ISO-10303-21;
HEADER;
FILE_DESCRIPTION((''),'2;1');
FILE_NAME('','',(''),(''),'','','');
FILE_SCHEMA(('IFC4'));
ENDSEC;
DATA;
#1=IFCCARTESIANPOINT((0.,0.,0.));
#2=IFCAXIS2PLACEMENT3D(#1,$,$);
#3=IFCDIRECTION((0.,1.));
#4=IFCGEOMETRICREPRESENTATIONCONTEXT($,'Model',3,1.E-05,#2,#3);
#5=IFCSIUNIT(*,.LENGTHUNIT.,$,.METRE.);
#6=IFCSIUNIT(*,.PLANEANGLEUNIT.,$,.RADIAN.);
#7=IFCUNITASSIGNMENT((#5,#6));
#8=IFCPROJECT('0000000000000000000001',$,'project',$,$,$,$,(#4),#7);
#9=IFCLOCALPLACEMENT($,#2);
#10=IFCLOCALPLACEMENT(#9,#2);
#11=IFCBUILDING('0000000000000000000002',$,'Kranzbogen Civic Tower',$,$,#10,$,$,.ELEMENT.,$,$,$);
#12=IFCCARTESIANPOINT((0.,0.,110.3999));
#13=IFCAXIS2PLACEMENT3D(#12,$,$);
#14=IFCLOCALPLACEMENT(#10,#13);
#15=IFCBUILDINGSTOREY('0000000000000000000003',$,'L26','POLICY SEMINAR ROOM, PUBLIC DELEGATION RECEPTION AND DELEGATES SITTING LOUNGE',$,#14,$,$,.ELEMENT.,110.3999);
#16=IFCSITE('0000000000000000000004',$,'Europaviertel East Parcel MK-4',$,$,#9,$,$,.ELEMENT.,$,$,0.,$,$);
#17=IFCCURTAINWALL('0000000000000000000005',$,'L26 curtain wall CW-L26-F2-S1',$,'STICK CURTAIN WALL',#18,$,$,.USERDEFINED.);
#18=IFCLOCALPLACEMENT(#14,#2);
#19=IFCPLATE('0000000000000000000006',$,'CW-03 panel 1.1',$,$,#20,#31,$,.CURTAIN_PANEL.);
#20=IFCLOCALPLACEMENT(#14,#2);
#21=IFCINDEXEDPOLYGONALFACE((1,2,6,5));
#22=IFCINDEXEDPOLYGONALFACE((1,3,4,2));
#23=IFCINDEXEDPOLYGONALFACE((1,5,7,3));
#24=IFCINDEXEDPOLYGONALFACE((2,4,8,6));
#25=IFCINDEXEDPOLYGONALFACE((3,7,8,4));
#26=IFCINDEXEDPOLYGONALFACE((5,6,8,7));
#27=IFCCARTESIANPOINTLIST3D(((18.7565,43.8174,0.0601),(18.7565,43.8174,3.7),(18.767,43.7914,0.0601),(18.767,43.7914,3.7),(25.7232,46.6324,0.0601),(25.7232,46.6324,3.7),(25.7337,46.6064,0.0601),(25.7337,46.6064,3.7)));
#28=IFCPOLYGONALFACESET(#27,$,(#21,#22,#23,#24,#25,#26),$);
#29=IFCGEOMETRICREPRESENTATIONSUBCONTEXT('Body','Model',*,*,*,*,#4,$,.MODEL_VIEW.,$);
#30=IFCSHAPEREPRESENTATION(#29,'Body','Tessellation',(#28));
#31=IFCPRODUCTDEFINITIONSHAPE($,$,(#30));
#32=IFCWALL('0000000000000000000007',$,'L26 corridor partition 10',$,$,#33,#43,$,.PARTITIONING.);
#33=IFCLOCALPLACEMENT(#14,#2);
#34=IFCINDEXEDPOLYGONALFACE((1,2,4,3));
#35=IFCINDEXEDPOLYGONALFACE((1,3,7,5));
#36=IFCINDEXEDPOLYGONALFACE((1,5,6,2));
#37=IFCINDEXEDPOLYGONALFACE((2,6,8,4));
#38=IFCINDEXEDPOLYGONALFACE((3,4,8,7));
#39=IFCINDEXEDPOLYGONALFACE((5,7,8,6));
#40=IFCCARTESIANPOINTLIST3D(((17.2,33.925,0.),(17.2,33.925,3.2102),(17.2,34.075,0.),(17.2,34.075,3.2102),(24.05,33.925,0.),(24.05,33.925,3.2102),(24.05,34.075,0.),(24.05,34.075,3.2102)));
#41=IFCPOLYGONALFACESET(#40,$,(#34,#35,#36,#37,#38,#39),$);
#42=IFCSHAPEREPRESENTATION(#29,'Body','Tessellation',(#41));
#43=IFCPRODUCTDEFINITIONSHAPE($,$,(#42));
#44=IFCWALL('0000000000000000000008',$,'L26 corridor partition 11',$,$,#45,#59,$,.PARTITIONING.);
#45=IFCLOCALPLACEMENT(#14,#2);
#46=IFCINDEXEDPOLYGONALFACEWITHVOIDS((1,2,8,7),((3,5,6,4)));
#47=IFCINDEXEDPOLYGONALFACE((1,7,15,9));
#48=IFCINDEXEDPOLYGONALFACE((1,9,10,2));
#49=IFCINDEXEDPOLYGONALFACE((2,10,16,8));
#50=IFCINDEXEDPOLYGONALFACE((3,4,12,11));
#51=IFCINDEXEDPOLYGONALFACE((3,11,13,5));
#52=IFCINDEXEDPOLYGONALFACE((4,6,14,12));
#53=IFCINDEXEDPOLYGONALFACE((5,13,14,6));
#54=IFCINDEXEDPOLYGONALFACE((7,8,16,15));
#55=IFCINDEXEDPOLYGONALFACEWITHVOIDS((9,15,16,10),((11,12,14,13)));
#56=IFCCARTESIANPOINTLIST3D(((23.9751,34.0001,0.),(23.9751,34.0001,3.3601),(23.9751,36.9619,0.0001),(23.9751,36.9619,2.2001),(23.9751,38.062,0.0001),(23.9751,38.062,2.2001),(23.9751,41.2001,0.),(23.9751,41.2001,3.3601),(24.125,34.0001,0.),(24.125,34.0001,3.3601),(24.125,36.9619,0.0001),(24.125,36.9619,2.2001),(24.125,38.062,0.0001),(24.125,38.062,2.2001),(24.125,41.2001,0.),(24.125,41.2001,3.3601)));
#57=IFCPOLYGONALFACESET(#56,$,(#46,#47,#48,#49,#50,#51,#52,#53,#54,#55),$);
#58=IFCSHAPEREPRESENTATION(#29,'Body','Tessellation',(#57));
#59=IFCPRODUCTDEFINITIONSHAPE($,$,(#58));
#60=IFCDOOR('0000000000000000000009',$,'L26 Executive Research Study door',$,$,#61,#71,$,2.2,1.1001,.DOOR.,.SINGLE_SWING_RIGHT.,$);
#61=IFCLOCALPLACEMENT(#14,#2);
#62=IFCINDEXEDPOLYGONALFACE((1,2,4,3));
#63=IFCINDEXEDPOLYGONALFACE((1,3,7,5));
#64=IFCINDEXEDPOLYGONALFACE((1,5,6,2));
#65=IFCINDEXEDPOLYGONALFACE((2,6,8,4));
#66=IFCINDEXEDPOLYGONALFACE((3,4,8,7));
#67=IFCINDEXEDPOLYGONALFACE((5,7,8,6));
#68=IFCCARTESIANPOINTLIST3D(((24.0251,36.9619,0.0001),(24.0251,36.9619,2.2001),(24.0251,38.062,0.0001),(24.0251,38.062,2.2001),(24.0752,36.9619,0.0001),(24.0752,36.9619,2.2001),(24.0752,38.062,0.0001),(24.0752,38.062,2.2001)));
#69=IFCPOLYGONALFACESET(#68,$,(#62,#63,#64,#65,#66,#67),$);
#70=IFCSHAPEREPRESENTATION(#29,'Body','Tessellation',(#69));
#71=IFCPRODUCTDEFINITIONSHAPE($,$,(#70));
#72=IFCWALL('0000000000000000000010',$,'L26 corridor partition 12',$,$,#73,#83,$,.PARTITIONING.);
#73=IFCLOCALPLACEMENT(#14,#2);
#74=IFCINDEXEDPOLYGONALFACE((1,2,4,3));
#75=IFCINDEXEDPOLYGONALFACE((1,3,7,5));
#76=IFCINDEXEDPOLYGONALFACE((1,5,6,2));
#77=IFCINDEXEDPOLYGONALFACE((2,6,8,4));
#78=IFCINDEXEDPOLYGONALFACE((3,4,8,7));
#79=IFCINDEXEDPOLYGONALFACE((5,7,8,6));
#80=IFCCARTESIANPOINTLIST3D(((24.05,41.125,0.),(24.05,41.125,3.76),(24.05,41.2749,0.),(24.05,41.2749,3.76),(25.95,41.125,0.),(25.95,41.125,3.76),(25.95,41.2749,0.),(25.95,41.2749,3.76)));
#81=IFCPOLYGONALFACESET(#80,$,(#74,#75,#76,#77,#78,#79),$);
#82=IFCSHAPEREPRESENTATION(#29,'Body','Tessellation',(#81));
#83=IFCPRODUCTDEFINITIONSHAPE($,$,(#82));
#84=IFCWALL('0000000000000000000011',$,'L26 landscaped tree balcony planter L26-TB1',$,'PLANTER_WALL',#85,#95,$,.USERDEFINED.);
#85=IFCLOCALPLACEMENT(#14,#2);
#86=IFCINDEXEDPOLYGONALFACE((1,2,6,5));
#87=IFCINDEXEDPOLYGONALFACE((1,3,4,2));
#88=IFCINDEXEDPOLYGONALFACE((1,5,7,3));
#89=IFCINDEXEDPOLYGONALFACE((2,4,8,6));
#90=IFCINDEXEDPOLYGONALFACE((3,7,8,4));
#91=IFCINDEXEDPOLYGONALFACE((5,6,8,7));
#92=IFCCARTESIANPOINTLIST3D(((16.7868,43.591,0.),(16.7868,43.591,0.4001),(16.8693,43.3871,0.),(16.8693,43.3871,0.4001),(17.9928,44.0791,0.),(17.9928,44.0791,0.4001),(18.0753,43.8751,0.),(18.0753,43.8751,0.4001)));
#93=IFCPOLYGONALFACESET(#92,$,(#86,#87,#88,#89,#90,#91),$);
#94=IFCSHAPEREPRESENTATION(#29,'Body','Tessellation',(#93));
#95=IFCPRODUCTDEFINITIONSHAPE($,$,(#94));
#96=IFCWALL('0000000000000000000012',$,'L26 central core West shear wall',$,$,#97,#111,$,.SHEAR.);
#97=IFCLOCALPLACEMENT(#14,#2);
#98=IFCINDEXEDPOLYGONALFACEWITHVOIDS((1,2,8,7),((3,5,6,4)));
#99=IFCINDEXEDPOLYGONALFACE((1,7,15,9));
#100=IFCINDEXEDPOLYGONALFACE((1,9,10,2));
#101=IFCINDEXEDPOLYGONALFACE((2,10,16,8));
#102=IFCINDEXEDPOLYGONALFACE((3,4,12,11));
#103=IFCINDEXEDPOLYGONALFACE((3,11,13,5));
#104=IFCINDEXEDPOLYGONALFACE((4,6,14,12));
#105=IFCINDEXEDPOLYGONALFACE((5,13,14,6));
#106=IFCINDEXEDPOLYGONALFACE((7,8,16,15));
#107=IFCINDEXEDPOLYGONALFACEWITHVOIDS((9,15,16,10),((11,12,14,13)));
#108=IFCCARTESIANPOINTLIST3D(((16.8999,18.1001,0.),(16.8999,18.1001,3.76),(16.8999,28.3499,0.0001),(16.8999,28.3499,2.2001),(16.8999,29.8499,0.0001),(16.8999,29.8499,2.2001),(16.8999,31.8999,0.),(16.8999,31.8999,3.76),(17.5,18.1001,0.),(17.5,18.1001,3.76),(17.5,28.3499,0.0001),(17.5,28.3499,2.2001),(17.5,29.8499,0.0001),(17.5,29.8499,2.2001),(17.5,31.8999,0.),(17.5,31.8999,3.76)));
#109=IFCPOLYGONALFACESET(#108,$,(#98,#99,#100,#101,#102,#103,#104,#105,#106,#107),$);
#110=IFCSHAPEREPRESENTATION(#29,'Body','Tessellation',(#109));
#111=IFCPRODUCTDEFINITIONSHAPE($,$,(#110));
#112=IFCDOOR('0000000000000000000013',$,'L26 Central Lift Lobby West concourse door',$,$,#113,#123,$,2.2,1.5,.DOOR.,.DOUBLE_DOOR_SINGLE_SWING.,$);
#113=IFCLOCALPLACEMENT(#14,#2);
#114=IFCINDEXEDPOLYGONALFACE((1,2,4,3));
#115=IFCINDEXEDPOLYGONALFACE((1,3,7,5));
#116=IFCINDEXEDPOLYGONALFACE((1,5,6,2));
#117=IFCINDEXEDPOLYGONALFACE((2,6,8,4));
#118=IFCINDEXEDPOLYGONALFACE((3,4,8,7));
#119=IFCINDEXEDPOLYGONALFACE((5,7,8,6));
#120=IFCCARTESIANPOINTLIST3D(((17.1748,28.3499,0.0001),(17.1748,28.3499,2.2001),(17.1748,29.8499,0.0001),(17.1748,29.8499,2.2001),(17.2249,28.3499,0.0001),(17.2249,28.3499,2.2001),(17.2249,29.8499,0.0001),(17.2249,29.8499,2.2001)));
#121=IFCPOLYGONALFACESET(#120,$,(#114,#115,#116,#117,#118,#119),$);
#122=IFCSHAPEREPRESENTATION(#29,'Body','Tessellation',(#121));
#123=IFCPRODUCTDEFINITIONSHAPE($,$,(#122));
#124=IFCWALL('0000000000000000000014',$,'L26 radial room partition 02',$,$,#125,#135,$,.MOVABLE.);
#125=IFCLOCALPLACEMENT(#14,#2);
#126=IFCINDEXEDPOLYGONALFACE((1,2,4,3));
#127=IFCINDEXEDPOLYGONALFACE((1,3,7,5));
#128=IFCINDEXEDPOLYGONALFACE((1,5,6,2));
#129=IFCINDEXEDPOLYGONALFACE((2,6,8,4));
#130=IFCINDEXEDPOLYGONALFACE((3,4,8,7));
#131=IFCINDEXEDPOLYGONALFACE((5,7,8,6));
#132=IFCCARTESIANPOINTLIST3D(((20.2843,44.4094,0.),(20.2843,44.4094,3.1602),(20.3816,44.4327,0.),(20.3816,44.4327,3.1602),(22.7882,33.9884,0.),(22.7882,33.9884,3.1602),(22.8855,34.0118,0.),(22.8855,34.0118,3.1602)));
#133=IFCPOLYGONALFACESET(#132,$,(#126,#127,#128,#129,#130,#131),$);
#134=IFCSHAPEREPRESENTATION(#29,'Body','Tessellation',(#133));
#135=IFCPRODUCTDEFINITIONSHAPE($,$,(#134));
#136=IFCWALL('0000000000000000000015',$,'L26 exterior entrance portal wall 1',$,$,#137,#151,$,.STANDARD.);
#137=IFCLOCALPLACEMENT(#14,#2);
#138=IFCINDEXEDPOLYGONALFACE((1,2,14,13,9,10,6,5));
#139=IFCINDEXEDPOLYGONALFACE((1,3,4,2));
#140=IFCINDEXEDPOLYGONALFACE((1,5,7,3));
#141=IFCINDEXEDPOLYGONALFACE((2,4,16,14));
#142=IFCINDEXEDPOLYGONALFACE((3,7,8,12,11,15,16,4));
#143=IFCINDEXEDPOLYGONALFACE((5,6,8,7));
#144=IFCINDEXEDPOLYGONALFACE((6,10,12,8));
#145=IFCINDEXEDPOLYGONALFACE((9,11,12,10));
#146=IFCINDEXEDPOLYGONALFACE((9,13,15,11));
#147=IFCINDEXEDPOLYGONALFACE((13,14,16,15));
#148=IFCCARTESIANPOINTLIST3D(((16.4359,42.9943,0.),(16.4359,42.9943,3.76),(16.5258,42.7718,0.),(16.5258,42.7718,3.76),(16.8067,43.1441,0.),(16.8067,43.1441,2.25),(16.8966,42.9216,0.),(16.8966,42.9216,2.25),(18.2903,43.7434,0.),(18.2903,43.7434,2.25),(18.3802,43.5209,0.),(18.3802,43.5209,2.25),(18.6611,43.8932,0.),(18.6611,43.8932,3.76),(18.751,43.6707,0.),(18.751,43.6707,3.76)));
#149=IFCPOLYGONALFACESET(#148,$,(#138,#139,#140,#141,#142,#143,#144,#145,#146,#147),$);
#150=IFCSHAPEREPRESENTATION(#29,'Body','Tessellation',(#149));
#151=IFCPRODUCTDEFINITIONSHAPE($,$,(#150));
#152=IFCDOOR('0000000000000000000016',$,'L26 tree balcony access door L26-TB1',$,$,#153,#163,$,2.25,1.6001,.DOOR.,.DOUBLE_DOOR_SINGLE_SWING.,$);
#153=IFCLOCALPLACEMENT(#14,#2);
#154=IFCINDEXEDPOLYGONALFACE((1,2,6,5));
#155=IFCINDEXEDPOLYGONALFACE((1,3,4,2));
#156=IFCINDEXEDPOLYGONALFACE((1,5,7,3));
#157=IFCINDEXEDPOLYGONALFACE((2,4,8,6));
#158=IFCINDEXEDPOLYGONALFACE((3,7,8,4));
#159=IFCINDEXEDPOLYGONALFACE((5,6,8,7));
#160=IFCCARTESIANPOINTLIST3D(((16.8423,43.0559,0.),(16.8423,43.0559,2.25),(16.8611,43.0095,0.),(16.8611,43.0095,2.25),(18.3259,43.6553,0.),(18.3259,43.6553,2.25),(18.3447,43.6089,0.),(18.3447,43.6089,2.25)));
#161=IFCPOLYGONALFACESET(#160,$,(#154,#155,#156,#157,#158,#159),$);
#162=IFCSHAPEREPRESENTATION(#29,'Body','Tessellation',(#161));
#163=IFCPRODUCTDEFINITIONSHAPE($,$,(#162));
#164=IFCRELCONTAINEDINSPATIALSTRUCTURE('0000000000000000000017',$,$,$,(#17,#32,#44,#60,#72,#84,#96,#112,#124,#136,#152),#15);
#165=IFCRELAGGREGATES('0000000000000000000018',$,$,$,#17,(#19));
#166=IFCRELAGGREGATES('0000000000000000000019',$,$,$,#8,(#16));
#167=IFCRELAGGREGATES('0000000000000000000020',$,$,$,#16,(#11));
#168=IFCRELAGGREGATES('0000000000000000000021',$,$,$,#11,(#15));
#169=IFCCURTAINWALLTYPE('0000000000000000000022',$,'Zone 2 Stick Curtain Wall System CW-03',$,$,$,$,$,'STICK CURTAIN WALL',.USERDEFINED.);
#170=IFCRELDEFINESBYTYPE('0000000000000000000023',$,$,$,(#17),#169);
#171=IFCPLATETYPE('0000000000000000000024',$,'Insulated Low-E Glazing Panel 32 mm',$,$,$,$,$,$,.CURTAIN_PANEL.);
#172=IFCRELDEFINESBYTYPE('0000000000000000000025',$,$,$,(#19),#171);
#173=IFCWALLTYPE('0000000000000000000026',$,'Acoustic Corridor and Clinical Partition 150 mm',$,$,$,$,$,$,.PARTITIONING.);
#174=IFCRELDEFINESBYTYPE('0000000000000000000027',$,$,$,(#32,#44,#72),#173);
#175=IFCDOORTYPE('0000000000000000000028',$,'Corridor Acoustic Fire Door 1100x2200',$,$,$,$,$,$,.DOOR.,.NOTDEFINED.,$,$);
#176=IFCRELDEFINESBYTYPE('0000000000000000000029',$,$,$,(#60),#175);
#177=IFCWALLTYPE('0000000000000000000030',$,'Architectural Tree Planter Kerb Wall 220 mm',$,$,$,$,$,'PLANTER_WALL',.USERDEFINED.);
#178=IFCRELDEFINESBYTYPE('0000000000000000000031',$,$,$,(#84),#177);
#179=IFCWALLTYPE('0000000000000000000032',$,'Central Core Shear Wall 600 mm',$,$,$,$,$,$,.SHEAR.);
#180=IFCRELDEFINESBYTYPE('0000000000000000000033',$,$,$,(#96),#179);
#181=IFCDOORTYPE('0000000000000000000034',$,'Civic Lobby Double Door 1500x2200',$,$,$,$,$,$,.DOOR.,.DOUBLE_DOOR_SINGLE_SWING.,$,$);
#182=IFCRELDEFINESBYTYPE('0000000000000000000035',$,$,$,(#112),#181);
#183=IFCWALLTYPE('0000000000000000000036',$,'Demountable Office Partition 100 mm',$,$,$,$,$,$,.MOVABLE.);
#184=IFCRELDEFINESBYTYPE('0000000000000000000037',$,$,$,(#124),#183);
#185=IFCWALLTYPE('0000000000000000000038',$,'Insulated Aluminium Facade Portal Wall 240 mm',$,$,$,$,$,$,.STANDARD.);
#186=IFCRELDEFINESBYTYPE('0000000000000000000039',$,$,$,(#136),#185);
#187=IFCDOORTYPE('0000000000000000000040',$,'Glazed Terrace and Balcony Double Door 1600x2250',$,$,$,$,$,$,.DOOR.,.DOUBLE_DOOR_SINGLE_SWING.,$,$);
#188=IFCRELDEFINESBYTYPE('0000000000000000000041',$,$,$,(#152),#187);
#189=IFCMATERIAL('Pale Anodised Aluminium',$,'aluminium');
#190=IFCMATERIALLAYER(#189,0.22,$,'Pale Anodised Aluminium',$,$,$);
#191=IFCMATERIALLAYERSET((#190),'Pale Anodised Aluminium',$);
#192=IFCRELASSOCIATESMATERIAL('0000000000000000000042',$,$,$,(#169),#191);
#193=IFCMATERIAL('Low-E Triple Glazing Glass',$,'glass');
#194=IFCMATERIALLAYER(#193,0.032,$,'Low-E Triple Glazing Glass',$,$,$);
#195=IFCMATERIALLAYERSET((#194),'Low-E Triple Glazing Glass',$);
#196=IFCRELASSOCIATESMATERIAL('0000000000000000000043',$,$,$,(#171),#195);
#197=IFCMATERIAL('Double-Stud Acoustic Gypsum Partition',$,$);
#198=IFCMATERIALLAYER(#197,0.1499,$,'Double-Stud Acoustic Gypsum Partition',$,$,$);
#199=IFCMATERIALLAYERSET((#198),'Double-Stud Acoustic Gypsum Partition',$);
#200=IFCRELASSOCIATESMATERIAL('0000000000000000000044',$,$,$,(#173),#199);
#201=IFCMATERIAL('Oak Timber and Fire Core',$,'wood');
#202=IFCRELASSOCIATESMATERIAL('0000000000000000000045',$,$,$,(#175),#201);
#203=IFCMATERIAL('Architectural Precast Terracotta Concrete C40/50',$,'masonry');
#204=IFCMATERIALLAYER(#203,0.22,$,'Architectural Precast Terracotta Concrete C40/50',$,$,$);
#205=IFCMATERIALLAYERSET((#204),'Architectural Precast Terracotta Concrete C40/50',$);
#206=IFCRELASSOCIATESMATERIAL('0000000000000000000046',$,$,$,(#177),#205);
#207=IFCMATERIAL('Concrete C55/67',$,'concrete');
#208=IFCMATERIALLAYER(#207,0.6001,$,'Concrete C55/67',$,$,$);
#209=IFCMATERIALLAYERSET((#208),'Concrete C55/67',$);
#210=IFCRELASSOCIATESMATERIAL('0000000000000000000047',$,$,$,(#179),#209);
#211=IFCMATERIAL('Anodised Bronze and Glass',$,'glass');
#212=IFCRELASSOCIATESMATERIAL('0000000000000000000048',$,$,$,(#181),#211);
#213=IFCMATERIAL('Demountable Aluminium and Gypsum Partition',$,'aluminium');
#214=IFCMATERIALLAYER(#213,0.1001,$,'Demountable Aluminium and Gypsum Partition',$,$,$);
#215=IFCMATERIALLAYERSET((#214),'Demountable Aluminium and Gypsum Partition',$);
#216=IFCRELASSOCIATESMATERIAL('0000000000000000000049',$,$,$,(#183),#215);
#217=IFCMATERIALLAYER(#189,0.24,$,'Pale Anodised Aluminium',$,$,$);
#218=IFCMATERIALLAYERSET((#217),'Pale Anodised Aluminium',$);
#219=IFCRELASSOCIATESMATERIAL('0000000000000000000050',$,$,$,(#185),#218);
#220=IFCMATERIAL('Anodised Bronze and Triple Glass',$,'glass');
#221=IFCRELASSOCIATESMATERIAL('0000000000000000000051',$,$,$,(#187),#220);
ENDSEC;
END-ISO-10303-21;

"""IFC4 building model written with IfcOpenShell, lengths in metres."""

from ifc_helpers import new_model, si_unit, direction, frame, frame_2d, origin, origin_2d, place, context, subcontext, project, spatial, rectangle, extrude, material, layer, layer_set, type_object, element, fill, aggregate, save


model = new_model("IFC4")

# Units and contexts
model_context = context("Model", 3, precision=1e-05, world=origin(), true_north=direction((0.0, 1.0)))
body_context = subcontext(model_context, "Body", "Model", "MODEL_VIEW")
ifc_project = project(units=[si_unit("LENGTHUNIT", "METRE"), si_unit("PLANEANGLEUNIT", "RADIAN")], contexts=[model_context])

# Site, building, storey
site_placement = place(None, origin())
site = spatial("IfcSite", under=ifc_project, at=site_placement, Name="Europaviertel East Parcel MK-4", CompositionType="ELEMENT", RefElevation=0.0)
building_placement = place(site_placement, origin())
building = spatial("IfcBuilding", under=site, at=building_placement, Name="Kranzbogen Civic Tower", CompositionType="ELEMENT")
storey_placement = place(building_placement, frame((0.0, 0.0, 110.3999)))
storey = spatial("IfcBuildingStorey", under=building, at=storey_placement, Name="L26", Description="POLICY SEMINAR ROOM, PUBLIC DELEGATION RECEPTION AND DELEGATES SITTING LOUNGE", CompositionType="ELEMENT", Elevation=110.3999)

# Curtain wall
ifc_material_1 = material(Name="Pale Anodised Aluminium", Category="aluminium")
ifc_layer_1 = layer(ifc_material_1, 0.22, Name="Pale Anodised Aluminium")
ifc_layer_set_1 = layer_set([ifc_layer_1], Name="Pale Anodised Aluminium")
curtain_wall_type = type_object("IfcCurtainWallType", Name="Zone 2 Stick Curtain Wall System CW-03", ElementType="STICK CURTAIN WALL", PredefinedType="USERDEFINED", material=ifc_layer_set_1)
curtain_wall_1_placement = place(storey_placement, origin())
curtain_wall_1 = element("IfcCurtainWall", 1, at=curtain_wall_1_placement, inside=storey, type_object=curtain_wall_type, Name="L26 curtain wall CW-L26-F2-S1", ObjectType="STICK CURTAIN WALL", PredefinedType="USERDEFINED")

# Plate
ifc_material_2 = material(Name="Low-E Triple Glazing Glass", Category="glass")
ifc_layer_2 = layer(ifc_material_2, 0.032, Name="Low-E Triple Glazing Glass")
ifc_layer_set_2 = layer_set([ifc_layer_2], Name="Low-E Triple Glazing Glass")
plate_type = type_object("IfcPlateType", Name="Insulated Low-E Glazing Panel 32 mm", PredefinedType="CURTAIN_PANEL", material=ifc_layer_set_2)
plate_placement = place(storey_placement, frame((22.2451, 45.2119, 0.0601), z_axis=(0.0, 0.0, 1.0), x_axis=(-0.92717, -0.374641, 0.0)))
plate = element("IfcPlate", 2, at=plate_placement, type_object=plate_type, Name="CW-03 panel 1.1", PredefinedType="CURTAIN_PANEL", context=body_context, shape_type="SweptSolid", body=[
    extrude(rectangle(XDim=7.5139, YDim=0.0281, at=origin_2d()), origin(), (0.0, 0.0, 1.0), 3.6399),
])
aggregate(curtain_wall_1, [plate])

# Wall
ifc_material_3 = material(Name="Double-Stud Acoustic Gypsum Partition")
ifc_layer_3 = layer(ifc_material_3, 0.1499, Name="Double-Stud Acoustic Gypsum Partition")
ifc_layer_set_3 = layer_set([ifc_layer_3], Name="Double-Stud Acoustic Gypsum Partition")
wall_type_1 = type_object("IfcWallType", Name="Acoustic Corridor and Clinical Partition 150 mm", PredefinedType="PARTITIONING", material=ifc_layer_set_3)
wall_1_placement = place(storey_placement, frame((17.2, 34.0, 0.0), z_axis=(0.0, 0.0, 1.0), x_axis=(1.0, 0.0, 0.0)))
element("IfcWall", 3, at=wall_1_placement, inside=storey, type_object=wall_type_1, Name="L26 corridor partition 10", PredefinedType="PARTITIONING", context=body_context, shape_type="SweptSolid", body=[
    extrude(rectangle(XDim=6.8501, YDim=0.1499, at=frame_2d((3.425, 0.0))), origin(), (0.0, 0.0, 1.0), 3.2102),
])

# Wall, opening, door
wall_2_placement = place(storey_placement, frame((24.05, 34.0, 0.0), z_axis=(0.0, 0.0, 1.0), x_axis=(0.0, 1.0, 0.0)))
wall_2 = element("IfcWall", 4, at=wall_2_placement, inside=storey, type_object=wall_type_1, Name="L26 corridor partition 11", PredefinedType="PARTITIONING", context=body_context, shape_type="SweptSolid", body=[
    extrude(rectangle(XDim=7.2, YDim=0.1499, at=frame_2d((3.6001, 0.0))), origin(), (0.0, 0.0, 1.0), 3.3601),
])
opening_1_placement = place(wall_2_placement, frame((2.9619, 0.0, 0.0)))
opening_1 = element("IfcOpeningElement", 5, at=opening_1_placement, cuts=wall_2, PredefinedType="OPENING", context=body_context, shape_type="SweptSolid", body=[
    extrude(rectangle(XDim=1.1001, YDim=2.2, at=frame_2d((0.55, 1.1001))), frame((0.0, 0.085, 0.0), z_axis=(0.0, -1.0, 0.0), x_axis=(1.0, 0.0, 0.0)), (0.0, 0.0, 1.0), 0.1699),
])
ifc_material_4 = material(Name="Oak Timber and Fire Core", Category="wood")
door_type_1 = type_object("IfcDoorType", Name="Corridor Acoustic Fire Door 1100x2200", OperationType="NOTDEFINED", PredefinedType="DOOR", material=ifc_material_4)
door_1_placement = place(opening_1_placement, origin())
door_1 = element("IfcDoor", 6, at=door_1_placement, inside=storey, type_object=door_type_1, Name="L26 Executive Research Study door", OperationType="SINGLE_SWING_RIGHT", OverallHeight=2.2, OverallWidth=1.1001, PredefinedType="DOOR", context=body_context, shape_type="SweptSolid", body=[
    extrude(rectangle(XDim=1.1001, YDim=2.2, at=frame_2d((0.55, 1.1001))), frame((0.0, 0.0249, 0.0), z_axis=(0.0, -1.0, 0.0), x_axis=(1.0, 0.0, 0.0)), (0.0, 0.0, 1.0), 0.05),
])
fill(opening_1, door_1)

# Walls
wall_3_placement = place(storey_placement, frame((24.05, 41.2, 0.0), z_axis=(0.0, 0.0, 1.0), x_axis=(1.0, 0.0, 0.0)))
element("IfcWall", 7, at=wall_3_placement, inside=storey, type_object=wall_type_1, Name="L26 corridor partition 12", PredefinedType="PARTITIONING", context=body_context, shape_type="SweptSolid", body=[
    extrude(rectangle(XDim=1.8999, YDim=0.1499, at=frame_2d((0.95, 0.0))), origin(), (0.0, 0.0, 1.0), 3.76),
])
ifc_material_5 = material(Name="Architectural Precast Terracotta Concrete C40/50", Category="masonry")
ifc_layer_4 = layer(ifc_material_5, 0.22, Name="Architectural Precast Terracotta Concrete C40/50")
ifc_layer_set_4 = layer_set([ifc_layer_4], Name="Architectural Precast Terracotta Concrete C40/50")
wall_type_2 = type_object("IfcWallType", Name="Architectural Tree Planter Kerb Wall 220 mm", ElementType="PLANTER_WALL", PredefinedType="USERDEFINED", material=ifc_layer_set_4)
wall_4_placement = place(storey_placement, frame((18.0339, 43.9771, 0.0), z_axis=(0.0, 0.0, 1.0), x_axis=(-0.926981, -0.375108, 0.0)))
element("IfcWall", 8, at=wall_4_placement, inside=storey, type_object=wall_type_2, Name="L26 landscaped tree balcony planter L26-TB1", ObjectType="PLANTER_WALL", PredefinedType="USERDEFINED", context=body_context, shape_type="SweptSolid", body=[
    extrude(rectangle(XDim=1.301, YDim=0.22, at=frame_2d((0.6504, 0.0))), origin(), (0.0, 0.0, 1.0), 0.4001),
])

# Wall, opening, door
ifc_material_6 = material(Name="Concrete C55/67", Category="concrete")
ifc_layer_5 = layer(ifc_material_6, 0.6001, Name="Concrete C55/67")
ifc_layer_set_5 = layer_set([ifc_layer_5], Name="Concrete C55/67")
wall_type_3 = type_object("IfcWallType", Name="Central Core Shear Wall 600 mm", PredefinedType="SHEAR", material=ifc_layer_set_5)
wall_5_placement = place(storey_placement, frame((17.2, 31.8999, 0.0), z_axis=(0.0, 0.0, 1.0), x_axis=(0.0, -1.0, 0.0)))
wall_5 = element("IfcWall", 9, at=wall_5_placement, inside=storey, type_object=wall_type_3, Name="L26 central core West shear wall", PredefinedType="SHEAR", context=body_context, shape_type="SweptSolid", body=[
    extrude(rectangle(XDim=13.7998, YDim=0.6001, at=frame_2d((6.8999, 0.0))), origin(), (0.0, 0.0, 1.0), 3.76),
])
opening_2_placement = place(wall_5_placement, frame((2.05, 0.0, 0.0)))
opening_2 = element("IfcOpeningElement", 10, at=opening_2_placement, cuts=wall_5, PredefinedType="OPENING", context=body_context, shape_type="SweptSolid", body=[
    extrude(rectangle(XDim=1.5, YDim=2.2, at=frame_2d((0.75, 1.1001))), frame((0.0, 0.3101, 0.0), z_axis=(0.0, -1.0, 0.0), x_axis=(1.0, 0.0, 0.0)), (0.0, 0.0, 1.0), 0.6201),
])
ifc_material_7 = material(Name="Anodised Bronze and Glass", Category="glass")
door_type_2 = type_object("IfcDoorType", Name="Civic Lobby Double Door 1500x2200", OperationType="DOUBLE_DOOR_SINGLE_SWING", PredefinedType="DOOR", material=ifc_material_7)
door_2_placement = place(opening_2_placement, origin())
door_2 = element("IfcDoor", 11, at=door_2_placement, inside=storey, type_object=door_type_2, Name="L26 Central Lift Lobby West concourse door", OperationType="DOUBLE_DOOR_SINGLE_SWING", OverallHeight=2.2, OverallWidth=1.5, PredefinedType="DOOR", context=body_context, shape_type="SweptSolid", body=[
    extrude(rectangle(XDim=1.5, YDim=2.2, at=frame_2d((0.75, 1.1001))), frame((0.0, 0.0249, 0.0), z_axis=(0.0, -1.0, 0.0), x_axis=(1.0, 0.0, 0.0)), (0.0, 0.0, 1.0), 0.05),
])
fill(opening_2, door_2)

# Wall
ifc_material_8 = material(Name="Demountable Aluminium and Gypsum Partition", Category="aluminium")
ifc_layer_6 = layer(ifc_material_8, 0.1001, Name="Demountable Aluminium and Gypsum Partition")
ifc_layer_set_6 = layer_set([ifc_layer_6], Name="Demountable Aluminium and Gypsum Partition")
wall_type_4 = type_object("IfcWallType", Name="Demountable Office Partition 100 mm", PredefinedType="MOVABLE", material=ifc_layer_set_6)
wall_6_placement = place(storey_placement, frame((22.8369, 34.0, 0.0), z_axis=(0.0, 0.0, 1.0), x_axis=(-0.233628, 0.972326, 0.0)))
element("IfcWall", 12, at=wall_6_placement, inside=storey, type_object=wall_type_4, Name="L26 radial room partition 02", PredefinedType="MOVABLE", context=body_context, shape_type="SweptSolid", body=[
    extrude(rectangle(XDim=10.7175, YDim=0.1001, at=frame_2d((5.3589, 0.0))), origin(), (0.0, 0.0, 1.0), 3.1602),
])

# Wall, opening, door
ifc_layer_7 = layer(ifc_material_1, 0.24, Name="Pale Anodised Aluminium")
ifc_layer_set_7 = layer_set([ifc_layer_7], Name="Pale Anodised Aluminium")
wall_type_5 = type_object("IfcWallType", Name="Insulated Aluminium Facade Portal Wall 240 mm", PredefinedType="STANDARD", material=ifc_layer_set_7)
wall_7_placement = place(storey_placement, frame((18.7061, 43.782, 0.0), z_axis=(0.0, 0.0, 1.0), x_axis=(-0.927194, -0.374581, 0.0)))
wall_7 = element("IfcWall", 13, at=wall_7_placement, inside=storey, type_object=wall_type_5, Name="L26 exterior entrance portal wall 1", PredefinedType="STANDARD", context=body_context, shape_type="SweptSolid", body=[
    extrude(rectangle(XDim=2.3999, YDim=0.24, at=frame_2d((1.2, 0.0))), origin(), (0.0, 0.0, 1.0), 3.76),
])
opening_3_placement = place(wall_7_placement, frame((0.3999, 0.0, 0.0)))
opening_3 = element("IfcOpeningElement", 14, at=opening_3_placement, cuts=wall_7, PredefinedType="OPENING", context=body_context, shape_type="SweptSolid", body=[
    extrude(rectangle(XDim=1.6001, YDim=2.25, at=frame_2d((0.8, 1.125))), frame((0.0, 0.1299, 0.0), z_axis=(0.0, -1.0, 0.0), x_axis=(1.0, 0.0, 0.0)), (0.0, 0.0, 1.0), 0.26),
])
ifc_material_9 = material(Name="Anodised Bronze and Triple Glass", Category="glass")
door_type_3 = type_object("IfcDoorType", Name="Glazed Terrace and Balcony Double Door 1600x2250", OperationType="DOUBLE_DOOR_SINGLE_SWING", PredefinedType="DOOR", material=ifc_material_9)
door_3_placement = place(opening_3_placement, frame((1.6001, 0.0, 0.0), z_axis=(0.0, 0.0, 1.0), x_axis=(-1.0, 0.0, 0.0)))
door_3 = element("IfcDoor", 15, at=door_3_placement, inside=storey, type_object=door_type_3, Name="L26 tree balcony access door L26-TB1", OperationType="DOUBLE_DOOR_SINGLE_SWING", OverallHeight=2.25, OverallWidth=1.6001, PredefinedType="DOOR", context=body_context, shape_type="SweptSolid", body=[
    extrude(rectangle(XDim=1.6001, YDim=2.25, at=frame_2d((0.8, 1.125))), frame((0.0, 0.0249, 0.0), z_axis=(0.0, -1.0, 0.0), x_axis=(1.0, 0.0, 0.0)), (0.0, 0.0, 1.0), 0.05),
])
fill(opening_3, door_3)

save(model, "model.ifc")
